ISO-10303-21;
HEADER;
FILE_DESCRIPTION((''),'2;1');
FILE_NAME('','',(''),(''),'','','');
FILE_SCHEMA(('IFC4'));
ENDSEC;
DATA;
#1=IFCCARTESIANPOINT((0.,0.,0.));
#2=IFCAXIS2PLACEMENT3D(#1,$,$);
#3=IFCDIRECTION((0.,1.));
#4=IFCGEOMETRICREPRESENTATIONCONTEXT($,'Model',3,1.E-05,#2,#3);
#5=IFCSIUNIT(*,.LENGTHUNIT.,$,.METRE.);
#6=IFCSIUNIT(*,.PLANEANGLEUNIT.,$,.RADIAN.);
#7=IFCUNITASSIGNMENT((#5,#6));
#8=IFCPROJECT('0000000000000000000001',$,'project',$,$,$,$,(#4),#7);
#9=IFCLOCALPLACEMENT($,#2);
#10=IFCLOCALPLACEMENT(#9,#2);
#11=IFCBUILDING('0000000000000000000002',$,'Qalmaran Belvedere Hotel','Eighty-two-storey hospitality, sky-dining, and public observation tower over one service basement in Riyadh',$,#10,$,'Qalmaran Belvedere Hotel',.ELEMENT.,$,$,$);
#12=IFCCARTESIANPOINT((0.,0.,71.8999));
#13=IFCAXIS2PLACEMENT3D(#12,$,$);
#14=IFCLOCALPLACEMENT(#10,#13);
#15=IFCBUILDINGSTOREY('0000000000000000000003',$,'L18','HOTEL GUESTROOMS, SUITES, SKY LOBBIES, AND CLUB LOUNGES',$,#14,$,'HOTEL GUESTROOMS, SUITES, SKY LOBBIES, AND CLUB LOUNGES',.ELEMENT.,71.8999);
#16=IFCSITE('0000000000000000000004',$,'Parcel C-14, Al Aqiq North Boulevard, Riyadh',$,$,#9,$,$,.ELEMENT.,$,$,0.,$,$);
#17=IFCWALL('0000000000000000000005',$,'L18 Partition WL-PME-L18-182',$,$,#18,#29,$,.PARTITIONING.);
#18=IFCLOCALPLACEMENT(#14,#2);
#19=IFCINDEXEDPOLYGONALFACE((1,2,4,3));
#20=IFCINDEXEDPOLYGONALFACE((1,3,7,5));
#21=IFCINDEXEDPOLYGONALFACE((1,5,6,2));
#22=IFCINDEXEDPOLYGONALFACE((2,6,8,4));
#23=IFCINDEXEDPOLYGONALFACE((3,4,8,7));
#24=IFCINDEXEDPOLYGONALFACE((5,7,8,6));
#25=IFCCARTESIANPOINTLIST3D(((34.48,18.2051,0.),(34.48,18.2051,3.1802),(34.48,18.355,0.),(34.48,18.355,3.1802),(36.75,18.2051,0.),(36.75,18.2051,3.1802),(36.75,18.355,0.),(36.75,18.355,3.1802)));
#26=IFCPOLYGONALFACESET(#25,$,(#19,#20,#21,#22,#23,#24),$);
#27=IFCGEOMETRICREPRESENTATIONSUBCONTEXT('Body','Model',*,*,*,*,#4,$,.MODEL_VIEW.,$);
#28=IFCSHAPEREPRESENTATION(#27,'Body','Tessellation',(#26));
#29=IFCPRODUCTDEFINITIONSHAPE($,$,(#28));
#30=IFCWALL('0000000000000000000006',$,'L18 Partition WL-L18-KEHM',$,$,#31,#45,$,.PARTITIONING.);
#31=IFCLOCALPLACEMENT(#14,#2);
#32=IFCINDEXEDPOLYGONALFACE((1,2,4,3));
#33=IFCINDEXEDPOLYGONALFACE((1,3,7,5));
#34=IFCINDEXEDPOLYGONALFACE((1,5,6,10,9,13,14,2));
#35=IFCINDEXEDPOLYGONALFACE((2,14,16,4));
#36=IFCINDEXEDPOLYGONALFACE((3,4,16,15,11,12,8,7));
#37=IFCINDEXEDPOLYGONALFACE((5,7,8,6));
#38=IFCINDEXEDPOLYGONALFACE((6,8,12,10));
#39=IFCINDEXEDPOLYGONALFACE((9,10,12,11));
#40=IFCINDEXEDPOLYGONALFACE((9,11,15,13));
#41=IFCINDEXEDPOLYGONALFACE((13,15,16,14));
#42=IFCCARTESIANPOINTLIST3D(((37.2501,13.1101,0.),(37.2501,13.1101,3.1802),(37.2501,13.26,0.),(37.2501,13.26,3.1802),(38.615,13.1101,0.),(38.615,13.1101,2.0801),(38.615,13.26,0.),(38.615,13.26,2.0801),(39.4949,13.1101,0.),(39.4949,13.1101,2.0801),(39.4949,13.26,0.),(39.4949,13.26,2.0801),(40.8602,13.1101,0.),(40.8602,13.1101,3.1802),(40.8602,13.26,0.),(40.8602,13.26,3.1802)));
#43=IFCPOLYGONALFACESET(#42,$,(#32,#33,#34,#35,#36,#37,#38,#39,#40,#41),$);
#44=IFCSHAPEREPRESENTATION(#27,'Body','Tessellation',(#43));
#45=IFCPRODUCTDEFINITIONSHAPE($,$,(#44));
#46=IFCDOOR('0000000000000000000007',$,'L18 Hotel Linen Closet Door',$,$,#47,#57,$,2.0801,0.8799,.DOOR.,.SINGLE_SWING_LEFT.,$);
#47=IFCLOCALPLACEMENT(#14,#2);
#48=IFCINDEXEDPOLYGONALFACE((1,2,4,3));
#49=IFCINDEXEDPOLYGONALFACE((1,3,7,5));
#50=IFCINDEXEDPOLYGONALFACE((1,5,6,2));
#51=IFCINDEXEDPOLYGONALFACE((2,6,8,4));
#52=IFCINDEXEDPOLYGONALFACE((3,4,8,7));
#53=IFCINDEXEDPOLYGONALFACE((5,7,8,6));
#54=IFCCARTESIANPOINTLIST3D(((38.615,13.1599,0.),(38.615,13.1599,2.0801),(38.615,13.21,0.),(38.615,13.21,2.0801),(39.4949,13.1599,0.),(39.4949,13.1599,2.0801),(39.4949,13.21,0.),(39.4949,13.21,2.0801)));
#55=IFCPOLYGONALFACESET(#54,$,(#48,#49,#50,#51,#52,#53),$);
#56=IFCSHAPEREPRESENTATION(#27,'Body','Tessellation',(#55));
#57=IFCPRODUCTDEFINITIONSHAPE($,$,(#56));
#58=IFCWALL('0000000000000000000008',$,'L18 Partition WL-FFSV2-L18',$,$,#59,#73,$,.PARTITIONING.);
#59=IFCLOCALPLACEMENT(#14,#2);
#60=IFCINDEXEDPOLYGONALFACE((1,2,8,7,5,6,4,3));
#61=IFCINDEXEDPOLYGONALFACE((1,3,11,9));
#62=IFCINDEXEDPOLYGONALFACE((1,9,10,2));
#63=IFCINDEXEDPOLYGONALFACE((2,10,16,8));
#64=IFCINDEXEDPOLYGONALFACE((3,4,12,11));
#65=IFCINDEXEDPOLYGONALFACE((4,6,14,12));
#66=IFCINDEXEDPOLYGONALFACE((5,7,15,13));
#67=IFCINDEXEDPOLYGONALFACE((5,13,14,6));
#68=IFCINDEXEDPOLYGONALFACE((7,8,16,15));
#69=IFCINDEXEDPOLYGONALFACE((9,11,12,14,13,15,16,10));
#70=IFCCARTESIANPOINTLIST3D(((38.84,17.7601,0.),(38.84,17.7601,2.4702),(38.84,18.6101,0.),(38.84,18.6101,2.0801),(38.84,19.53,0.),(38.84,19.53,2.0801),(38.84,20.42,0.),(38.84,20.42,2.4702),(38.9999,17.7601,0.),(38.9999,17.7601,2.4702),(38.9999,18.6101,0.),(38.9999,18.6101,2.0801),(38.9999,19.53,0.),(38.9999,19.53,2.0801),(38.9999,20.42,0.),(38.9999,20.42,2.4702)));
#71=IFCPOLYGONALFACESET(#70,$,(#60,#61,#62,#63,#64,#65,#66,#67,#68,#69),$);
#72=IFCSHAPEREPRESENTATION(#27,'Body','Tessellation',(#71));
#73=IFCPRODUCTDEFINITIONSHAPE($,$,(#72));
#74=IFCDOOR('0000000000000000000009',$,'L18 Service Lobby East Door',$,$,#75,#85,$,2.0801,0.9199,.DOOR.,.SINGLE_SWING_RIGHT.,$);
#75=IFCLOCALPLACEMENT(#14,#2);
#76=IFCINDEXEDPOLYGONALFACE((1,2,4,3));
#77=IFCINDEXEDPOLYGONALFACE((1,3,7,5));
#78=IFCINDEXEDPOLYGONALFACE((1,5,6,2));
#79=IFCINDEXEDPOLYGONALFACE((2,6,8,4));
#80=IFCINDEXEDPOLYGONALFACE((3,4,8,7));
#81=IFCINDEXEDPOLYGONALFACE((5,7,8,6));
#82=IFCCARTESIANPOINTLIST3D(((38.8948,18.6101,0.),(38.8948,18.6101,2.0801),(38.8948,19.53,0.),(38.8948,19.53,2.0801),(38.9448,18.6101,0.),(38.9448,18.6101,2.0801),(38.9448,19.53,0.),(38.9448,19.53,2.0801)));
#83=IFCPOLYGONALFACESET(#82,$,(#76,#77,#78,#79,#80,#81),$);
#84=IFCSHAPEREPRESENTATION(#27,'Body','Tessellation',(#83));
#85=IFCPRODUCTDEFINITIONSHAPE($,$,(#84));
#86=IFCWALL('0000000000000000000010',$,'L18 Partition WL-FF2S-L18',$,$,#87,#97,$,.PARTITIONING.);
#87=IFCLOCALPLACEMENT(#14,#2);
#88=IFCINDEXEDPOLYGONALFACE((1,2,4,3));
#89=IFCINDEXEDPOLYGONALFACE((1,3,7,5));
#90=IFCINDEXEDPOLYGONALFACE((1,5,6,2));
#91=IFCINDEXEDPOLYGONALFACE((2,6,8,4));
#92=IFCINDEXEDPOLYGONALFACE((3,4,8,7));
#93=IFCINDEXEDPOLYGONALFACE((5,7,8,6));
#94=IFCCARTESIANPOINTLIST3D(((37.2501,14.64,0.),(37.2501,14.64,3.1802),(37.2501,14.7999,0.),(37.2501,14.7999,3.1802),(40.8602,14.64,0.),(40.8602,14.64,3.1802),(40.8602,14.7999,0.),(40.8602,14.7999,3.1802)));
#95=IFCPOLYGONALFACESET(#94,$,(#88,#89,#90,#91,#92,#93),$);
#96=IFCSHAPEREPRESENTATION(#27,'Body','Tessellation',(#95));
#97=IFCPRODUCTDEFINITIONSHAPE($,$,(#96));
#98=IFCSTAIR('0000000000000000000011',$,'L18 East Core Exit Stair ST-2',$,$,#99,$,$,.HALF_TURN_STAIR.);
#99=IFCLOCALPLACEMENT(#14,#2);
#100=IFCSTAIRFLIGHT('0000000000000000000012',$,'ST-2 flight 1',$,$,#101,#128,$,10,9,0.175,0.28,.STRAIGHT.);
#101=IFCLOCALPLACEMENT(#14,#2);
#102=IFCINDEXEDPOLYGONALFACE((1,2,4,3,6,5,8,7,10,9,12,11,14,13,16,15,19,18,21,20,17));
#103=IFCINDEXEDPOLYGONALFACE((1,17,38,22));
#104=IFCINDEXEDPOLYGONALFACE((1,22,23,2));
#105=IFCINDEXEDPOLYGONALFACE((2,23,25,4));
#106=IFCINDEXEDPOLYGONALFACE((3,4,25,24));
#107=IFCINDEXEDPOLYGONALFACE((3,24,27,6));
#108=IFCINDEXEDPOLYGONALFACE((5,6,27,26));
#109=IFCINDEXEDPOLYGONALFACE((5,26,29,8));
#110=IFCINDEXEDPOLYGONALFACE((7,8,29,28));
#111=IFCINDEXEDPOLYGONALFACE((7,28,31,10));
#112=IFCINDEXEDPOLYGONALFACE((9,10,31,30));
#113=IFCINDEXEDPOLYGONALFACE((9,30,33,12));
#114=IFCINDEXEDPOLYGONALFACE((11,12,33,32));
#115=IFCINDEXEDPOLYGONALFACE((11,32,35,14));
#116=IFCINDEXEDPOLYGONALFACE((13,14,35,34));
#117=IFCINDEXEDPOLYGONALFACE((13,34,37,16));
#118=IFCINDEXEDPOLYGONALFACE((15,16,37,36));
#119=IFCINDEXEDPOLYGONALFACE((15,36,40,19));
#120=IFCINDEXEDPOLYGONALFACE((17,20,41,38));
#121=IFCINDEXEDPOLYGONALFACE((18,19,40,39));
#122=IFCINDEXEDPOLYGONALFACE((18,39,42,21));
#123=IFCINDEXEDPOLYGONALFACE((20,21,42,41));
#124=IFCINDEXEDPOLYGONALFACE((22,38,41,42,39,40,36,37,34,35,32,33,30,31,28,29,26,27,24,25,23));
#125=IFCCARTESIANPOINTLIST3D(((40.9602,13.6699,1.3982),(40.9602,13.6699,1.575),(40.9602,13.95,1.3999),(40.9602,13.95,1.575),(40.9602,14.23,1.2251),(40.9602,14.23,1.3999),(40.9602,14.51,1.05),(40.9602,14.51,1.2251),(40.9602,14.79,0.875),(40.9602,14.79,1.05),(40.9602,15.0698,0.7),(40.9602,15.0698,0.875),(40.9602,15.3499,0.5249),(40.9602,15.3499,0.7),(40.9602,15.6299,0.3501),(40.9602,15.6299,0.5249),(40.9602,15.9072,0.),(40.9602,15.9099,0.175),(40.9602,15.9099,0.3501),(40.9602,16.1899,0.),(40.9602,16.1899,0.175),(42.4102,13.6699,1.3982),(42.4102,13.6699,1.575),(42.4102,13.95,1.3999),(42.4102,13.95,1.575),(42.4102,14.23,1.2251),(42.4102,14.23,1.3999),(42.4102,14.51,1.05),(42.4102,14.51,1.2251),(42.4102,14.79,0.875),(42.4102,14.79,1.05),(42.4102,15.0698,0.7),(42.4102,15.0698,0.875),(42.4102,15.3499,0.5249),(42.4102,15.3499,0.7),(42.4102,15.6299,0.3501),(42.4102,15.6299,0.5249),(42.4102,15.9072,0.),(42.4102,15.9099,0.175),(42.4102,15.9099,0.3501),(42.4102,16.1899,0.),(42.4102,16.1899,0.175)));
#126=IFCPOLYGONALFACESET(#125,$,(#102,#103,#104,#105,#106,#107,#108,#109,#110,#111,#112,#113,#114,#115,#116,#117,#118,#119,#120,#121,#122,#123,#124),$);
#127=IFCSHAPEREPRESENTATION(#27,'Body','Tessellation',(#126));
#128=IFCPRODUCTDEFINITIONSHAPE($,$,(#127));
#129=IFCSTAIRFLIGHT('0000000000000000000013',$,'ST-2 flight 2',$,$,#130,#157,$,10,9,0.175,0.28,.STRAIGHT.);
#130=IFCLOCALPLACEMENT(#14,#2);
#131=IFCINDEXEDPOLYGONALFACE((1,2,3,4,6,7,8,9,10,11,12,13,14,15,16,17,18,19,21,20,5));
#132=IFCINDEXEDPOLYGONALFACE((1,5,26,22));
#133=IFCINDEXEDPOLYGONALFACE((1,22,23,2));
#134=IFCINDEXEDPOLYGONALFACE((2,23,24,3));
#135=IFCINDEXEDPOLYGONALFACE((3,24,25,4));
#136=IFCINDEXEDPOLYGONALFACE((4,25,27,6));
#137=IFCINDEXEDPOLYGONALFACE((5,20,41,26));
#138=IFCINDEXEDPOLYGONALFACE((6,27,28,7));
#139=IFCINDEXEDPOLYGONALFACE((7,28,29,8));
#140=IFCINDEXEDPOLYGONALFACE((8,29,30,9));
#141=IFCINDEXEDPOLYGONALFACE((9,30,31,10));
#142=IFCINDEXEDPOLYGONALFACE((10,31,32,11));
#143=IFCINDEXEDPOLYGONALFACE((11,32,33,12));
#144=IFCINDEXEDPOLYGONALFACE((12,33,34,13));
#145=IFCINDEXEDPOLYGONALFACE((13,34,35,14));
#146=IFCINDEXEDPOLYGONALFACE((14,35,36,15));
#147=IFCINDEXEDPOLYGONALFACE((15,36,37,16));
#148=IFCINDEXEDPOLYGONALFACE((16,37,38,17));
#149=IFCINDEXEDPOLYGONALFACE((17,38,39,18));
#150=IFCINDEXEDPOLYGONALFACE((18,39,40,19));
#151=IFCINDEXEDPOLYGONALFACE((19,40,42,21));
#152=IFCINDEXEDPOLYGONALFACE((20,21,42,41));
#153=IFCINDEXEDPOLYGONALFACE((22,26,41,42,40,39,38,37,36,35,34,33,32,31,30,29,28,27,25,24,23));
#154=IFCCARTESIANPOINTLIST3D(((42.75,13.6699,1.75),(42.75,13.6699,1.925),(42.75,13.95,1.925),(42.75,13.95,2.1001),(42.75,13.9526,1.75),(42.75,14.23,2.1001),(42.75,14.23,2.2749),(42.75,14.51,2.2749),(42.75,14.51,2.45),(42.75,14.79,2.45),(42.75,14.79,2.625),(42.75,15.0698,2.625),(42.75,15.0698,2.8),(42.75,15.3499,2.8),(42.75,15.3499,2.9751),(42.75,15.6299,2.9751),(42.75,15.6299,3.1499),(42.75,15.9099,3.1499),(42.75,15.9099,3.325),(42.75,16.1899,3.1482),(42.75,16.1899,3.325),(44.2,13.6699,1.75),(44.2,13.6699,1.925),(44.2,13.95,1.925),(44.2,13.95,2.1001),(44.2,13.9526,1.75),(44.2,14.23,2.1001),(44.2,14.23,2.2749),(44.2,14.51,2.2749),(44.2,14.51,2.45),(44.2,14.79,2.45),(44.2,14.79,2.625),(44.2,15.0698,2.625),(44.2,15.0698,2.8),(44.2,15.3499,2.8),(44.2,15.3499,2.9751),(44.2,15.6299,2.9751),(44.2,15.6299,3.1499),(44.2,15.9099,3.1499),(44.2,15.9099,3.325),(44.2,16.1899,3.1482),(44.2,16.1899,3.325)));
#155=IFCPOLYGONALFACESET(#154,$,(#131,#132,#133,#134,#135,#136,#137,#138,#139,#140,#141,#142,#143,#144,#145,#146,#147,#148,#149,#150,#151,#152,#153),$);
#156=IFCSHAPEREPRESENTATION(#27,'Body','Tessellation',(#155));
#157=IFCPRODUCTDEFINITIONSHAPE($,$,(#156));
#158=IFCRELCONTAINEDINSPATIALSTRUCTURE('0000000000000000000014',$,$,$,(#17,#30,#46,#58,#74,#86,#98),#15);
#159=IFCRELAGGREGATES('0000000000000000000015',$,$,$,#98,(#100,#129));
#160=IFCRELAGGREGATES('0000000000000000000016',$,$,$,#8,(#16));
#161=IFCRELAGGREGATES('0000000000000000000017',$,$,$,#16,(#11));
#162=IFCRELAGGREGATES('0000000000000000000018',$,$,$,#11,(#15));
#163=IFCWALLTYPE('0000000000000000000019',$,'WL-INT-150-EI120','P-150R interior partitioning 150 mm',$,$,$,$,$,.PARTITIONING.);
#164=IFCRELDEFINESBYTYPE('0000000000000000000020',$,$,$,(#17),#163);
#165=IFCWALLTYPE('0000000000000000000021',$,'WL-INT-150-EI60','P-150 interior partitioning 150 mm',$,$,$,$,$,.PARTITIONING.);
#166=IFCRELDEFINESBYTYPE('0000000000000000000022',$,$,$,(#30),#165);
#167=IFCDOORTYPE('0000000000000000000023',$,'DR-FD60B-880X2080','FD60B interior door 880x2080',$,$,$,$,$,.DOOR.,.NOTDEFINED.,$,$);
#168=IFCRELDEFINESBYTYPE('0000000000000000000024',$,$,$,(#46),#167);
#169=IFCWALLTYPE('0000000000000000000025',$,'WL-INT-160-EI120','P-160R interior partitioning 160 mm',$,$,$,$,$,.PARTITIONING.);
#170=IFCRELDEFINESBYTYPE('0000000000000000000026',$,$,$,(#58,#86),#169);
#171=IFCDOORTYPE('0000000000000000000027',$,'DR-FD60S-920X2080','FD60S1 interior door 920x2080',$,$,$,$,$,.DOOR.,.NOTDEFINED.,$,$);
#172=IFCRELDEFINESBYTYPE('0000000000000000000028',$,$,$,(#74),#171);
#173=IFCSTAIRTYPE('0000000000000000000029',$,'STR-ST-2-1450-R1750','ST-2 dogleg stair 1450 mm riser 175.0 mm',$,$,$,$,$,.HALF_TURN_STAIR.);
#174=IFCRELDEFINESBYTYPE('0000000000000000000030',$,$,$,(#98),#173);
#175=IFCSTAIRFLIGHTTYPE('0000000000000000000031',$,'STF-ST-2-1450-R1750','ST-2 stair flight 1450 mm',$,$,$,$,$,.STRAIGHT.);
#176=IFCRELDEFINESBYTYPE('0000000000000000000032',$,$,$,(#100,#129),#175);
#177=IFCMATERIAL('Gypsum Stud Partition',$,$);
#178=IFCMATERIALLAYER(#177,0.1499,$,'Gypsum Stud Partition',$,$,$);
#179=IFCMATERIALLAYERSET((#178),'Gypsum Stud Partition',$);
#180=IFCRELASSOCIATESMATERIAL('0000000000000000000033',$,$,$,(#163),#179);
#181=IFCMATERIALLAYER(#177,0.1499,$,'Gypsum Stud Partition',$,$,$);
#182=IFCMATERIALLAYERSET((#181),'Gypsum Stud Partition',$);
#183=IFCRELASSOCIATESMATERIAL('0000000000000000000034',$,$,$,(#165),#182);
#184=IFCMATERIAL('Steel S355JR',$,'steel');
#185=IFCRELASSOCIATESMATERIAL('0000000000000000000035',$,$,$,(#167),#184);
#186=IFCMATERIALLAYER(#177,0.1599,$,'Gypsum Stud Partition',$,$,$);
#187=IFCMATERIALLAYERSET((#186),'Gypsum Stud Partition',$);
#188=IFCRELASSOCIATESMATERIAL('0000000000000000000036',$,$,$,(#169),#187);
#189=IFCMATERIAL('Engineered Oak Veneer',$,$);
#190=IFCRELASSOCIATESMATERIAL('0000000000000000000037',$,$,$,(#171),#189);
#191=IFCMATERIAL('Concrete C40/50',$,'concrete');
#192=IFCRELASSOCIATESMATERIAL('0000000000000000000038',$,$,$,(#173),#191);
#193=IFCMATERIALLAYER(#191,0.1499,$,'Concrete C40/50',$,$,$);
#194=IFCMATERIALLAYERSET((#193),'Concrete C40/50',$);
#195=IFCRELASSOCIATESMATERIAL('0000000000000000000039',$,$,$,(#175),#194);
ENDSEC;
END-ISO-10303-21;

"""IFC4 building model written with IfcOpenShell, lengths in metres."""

from ifc_helpers import new_model, si_unit, direction, frame, frame_2d, origin, place, context, subcontext, project, spatial, polyline, rectangle, outline, extrude, material, layer, layer_set, type_object, element, fill, aggregate, save


model = new_model("IFC4")

# Units and contexts
model_context = context("Model", 3, precision=1e-05, world=origin(), true_north=direction((0.0, 1.0)))
body_context = subcontext(model_context, "Body", "Model", "MODEL_VIEW")
ifc_project = project(units=[si_unit("LENGTHUNIT", "METRE"), si_unit("PLANEANGLEUNIT", "RADIAN")], contexts=[model_context])

# Site, building, storey
site_placement = place(None, origin())
site = spatial("IfcSite", under=ifc_project, at=site_placement, Name="Parcel C-14, Al Aqiq North Boulevard, Riyadh", CompositionType="ELEMENT", RefElevation=0.0)
building_placement = place(site_placement, origin())
building = spatial("IfcBuilding", under=site, at=building_placement, Name="Qalmaran Belvedere Hotel", Description="Eighty-two-storey hospitality, sky-dining, and public observation tower over one service basement in Riyadh", LongName="Qalmaran Belvedere Hotel", CompositionType="ELEMENT")
storey_placement = place(building_placement, frame((0.0, 0.0, 71.8999)))
storey = spatial("IfcBuildingStorey", under=building, at=storey_placement, Name="L18", Description="HOTEL GUESTROOMS, SUITES, SKY LOBBIES, AND CLUB LOUNGES", LongName="HOTEL GUESTROOMS, SUITES, SKY LOBBIES, AND CLUB LOUNGES", CompositionType="ELEMENT", Elevation=71.8999)

# Shared definitions
ifc_material_1 = material(Name="Steel S355JR", Category="steel")

# Wall
ifc_material_2 = material(Name="Gypsum Stud Partition")
ifc_layer_1 = layer(ifc_material_2, 0.1499, Name="Gypsum Stud Partition")
ifc_layer_set_1 = layer_set([ifc_layer_1], Name="Gypsum Stud Partition")
wall_type_1 = type_object("IfcWallType", Name="WL-INT-150-EI120", Description="P-150R interior partitioning 150 mm", PredefinedType="PARTITIONING", material=ifc_layer_set_1)
wall_1_placement = place(storey_placement, frame((34.48, 18.28, 0.0), z_axis=(0.0, 0.0, 1.0), x_axis=(1.0, 0.0, 0.0)))
element("IfcWall", 1, at=wall_1_placement, inside=storey, type_object=wall_type_1, Name="L18 Partition WL-PME-L18-182", PredefinedType="PARTITIONING", context=body_context, shape_type="SweptSolid", body=[
    extrude(rectangle(XDim=2.27, YDim=0.1499, at=frame_2d((1.135, 0.0))), origin(), (0.0, 0.0, 1.0), 3.1802),
])

# Walls, openings, doors
ifc_layer_2 = layer(ifc_material_2, 0.1499, Name="Gypsum Stud Partition")
ifc_layer_set_2 = layer_set([ifc_layer_2], Name="Gypsum Stud Partition")
wall_type_2 = type_object("IfcWallType", Name="WL-INT-150-EI60", Description="P-150 interior partitioning 150 mm", PredefinedType="PARTITIONING", material=ifc_layer_set_2)
wall_2_placement = place(storey_placement, frame((37.25, 13.1851, 0.0), z_axis=(0.0, 0.0, 1.0), x_axis=(1.0, 0.0, 0.0)))
wall_2 = element("IfcWall", 2, at=wall_2_placement, inside=storey, type_object=wall_type_2, Name="L18 Partition WL-L18-KEHM", PredefinedType="PARTITIONING", context=body_context, shape_type="SweptSolid", body=[
    extrude(rectangle(XDim=3.6101, YDim=0.1499, at=frame_2d((1.8052, 0.0))), origin(), (0.0, 0.0, 1.0), 3.1802),
])
opening_1_placement = place(wall_2_placement, frame((1.365, 0.0, 0.0)))
opening_1 = element("IfcOpeningElement", 3, at=opening_1_placement, cuts=wall_2, PredefinedType="OPENING", context=body_context, shape_type="SweptSolid", body=[
    extrude(rectangle(XDim=0.8799, YDim=2.0801, at=frame_2d((0.4399, 1.04))), frame((0.0, 0.085, 0.0), z_axis=(0.0, -1.0, 0.0), x_axis=(1.0, 0.0, 0.0)), (0.0, 0.0, 1.0), 0.1699),
])
door_type_1 = type_object("IfcDoorType", Name="DR-FD60B-880X2080", Description="FD60B interior door 880x2080", OperationType="NOTDEFINED", PredefinedType="DOOR", material=ifc_material_1)
door_1_placement = place(opening_1_placement, origin())
door_1 = element("IfcDoor", 4, at=door_1_placement, inside=storey, type_object=door_type_1, Name="L18 Hotel Linen Closet Door", OperationType="SINGLE_SWING_LEFT", OverallHeight=2.0801, OverallWidth=0.8799, PredefinedType="DOOR", context=body_context, shape_type="SweptSolid", body=[
    extrude(rectangle(XDim=0.8799, YDim=2.0801, at=frame_2d((0.4399, 1.04))), frame((0.0, 0.0249, 0.0), z_axis=(0.0, -1.0, 0.0), x_axis=(1.0, 0.0, 0.0)), (0.0, 0.0, 1.0), 0.05),
])
fill(opening_1, door_1)
ifc_layer_3 = layer(ifc_material_2, 0.1599, Name="Gypsum Stud Partition")
ifc_layer_set_3 = layer_set([ifc_layer_3], Name="Gypsum Stud Partition")
wall_type_3 = type_object("IfcWallType", Name="WL-INT-160-EI120", Description="P-160R interior partitioning 160 mm", PredefinedType="PARTITIONING", material=ifc_layer_set_3)
wall_3_placement = place(storey_placement, frame((38.9199, 17.76, 0.0), z_axis=(0.0, 0.0, 1.0), x_axis=(0.0, 1.0, 0.0)))
wall_3 = element("IfcWall", 5, at=wall_3_placement, inside=storey, type_object=wall_type_3, Name="L18 Partition WL-FFSV2-L18", PredefinedType="PARTITIONING", context=body_context, shape_type="SweptSolid", body=[
    extrude(rectangle(XDim=2.6599, YDim=0.1599, at=frame_2d((1.3301, 0.0))), origin(), (0.0, 0.0, 1.0), 2.4702),
])
opening_2_placement = place(wall_3_placement, frame((1.77, 0.0, 0.0), z_axis=(0.0, 0.0, 1.0), x_axis=(-1.0, 0.0, 0.0)))
opening_2 = element("IfcOpeningElement", 6, at=opening_2_placement, cuts=wall_3, PredefinedType="OPENING", context=body_context, shape_type="SweptSolid", body=[
    extrude(rectangle(XDim=0.9199, YDim=2.0801, at=frame_2d((0.46, 1.04))), frame((0.0, 0.0898, 0.0), z_axis=(0.0, -1.0, 0.0), x_axis=(1.0, 0.0, 0.0)), (0.0, 0.0, 1.0), 0.1799),
])
ifc_material_3 = material(Name="Engineered Oak Veneer")
door_type_2 = type_object("IfcDoorType", Name="DR-FD60S-920X2080", Description="FD60S1 interior door 920x2080", OperationType="NOTDEFINED", PredefinedType="DOOR", material=ifc_material_3)
door_2_placement = place(opening_2_placement, origin())
door_2 = element("IfcDoor", 7, at=door_2_placement, inside=storey, type_object=door_type_2, Name="L18 Service Lobby East Door", OperationType="SINGLE_SWING_RIGHT", OverallHeight=2.0801, OverallWidth=0.9199, PredefinedType="DOOR", context=body_context, shape_type="SweptSolid", body=[
    extrude(rectangle(XDim=0.9199, YDim=2.0801, at=frame_2d((0.46, 1.04))), frame((0.0, 0.0249, 0.0), z_axis=(0.0, -1.0, 0.0), x_axis=(1.0, 0.0, 0.0)), (0.0, 0.0, 1.0), 0.05),
])
fill(opening_2, door_2)

# Wall
wall_4_placement = place(storey_placement, frame((37.25, 14.72, 0.0), z_axis=(0.0, 0.0, 1.0), x_axis=(1.0, 0.0, 0.0)))
element("IfcWall", 8, at=wall_4_placement, inside=storey, type_object=wall_type_3, Name="L18 Partition WL-FF2S-L18", PredefinedType="PARTITIONING", context=body_context, shape_type="SweptSolid", body=[
    extrude(rectangle(XDim=3.6101, YDim=0.1599, at=frame_2d((1.8052, 0.0))), origin(), (0.0, 0.0, 1.0), 3.1802),
])

# Stair, stair flights
ifc_material_4 = material(Name="Concrete C40/50", Category="concrete")
stair_type = type_object("IfcStairType", Name="STR-ST-2-1450-R1750", Description="ST-2 dogleg stair 1450 mm riser 175.0 mm", PredefinedType="HALF_TURN_STAIR", material=ifc_material_4)
stair_placement = place(storey_placement, origin())
stair = element("IfcStair", 9, at=stair_placement, inside=storey, type_object=stair_type, Name="L18 East Core Exit Stair ST-2", PredefinedType="HALF_TURN_STAIR")
ifc_layer_4 = layer(ifc_material_4, 0.1499, Name="Concrete C40/50")
ifc_layer_set_4 = layer_set([ifc_layer_4], Name="Concrete C40/50")
stair_flight_type = type_object("IfcStairFlightType", Name="STF-ST-2-1450-R1750", Description="ST-2 stair flight 1450 mm", PredefinedType="STRAIGHT", material=ifc_layer_set_4)
stair_flight_1_placement = place(storey_placement, frame((41.6851, 16.1899, 0.0), z_axis=(0.0, 0.0, 1.0), x_axis=(0.0, -1.0, 0.0)))
stair_flight_1 = element("IfcStairFlight", 10, at=stair_flight_1_placement, type_object=stair_flight_type, Name="ST-2 flight 1", NumberOfRisers=10, NumberOfTreads=9, PredefinedType="STRAIGHT", RiserHeight=0.175, TreadLength=0.28, context=body_context, shape_type="SweptSolid", body=[
    extrude(outline(polyline([(0.0, 0.0), (0.0, 0.175), (0.28, 0.175), (0.28, 0.3501), (0.5601, 0.3501), (0.5601, 0.5249), (0.8401, 0.5249), (0.8401, 0.7), (1.1201, 0.7), (1.1201, 0.875), (1.3999, 0.875), (1.3999, 1.05), (1.6799, 1.05), (1.6799, 1.2251), (1.96, 1.2251), (1.96, 1.3999), (2.24, 1.3999), (2.24, 1.575), (2.52, 1.575), (2.52, 1.75), (2.52, 1.3982), (0.2827, 0.0), (0.0, 0.0)])), frame((0.0, 0.7251, 0.0), z_axis=(0.0, -1.0, 0.0), x_axis=(1.0, 0.0, 0.0)), (0.0, 0.0, 1.0), 1.45),
])
stair_flight_2_placement = place(storey_placement, frame((43.4751, 13.6699, 1.75), z_axis=(0.0, 0.0, 1.0), x_axis=(0.0, 1.0, 0.0)))
stair_flight_2 = element("IfcStairFlight", 11, at=stair_flight_2_placement, type_object=stair_flight_type, Name="ST-2 flight 2", NumberOfRisers=10, NumberOfTreads=9, PredefinedType="STRAIGHT", RiserHeight=0.175, TreadLength=0.28, context=body_context, shape_type="SweptSolid", body=[
    extrude(outline(polyline([(0.0, 0.0), (0.0, 0.175), (0.28, 0.175), (0.28, 0.3501), (0.5601, 0.3501), (0.5601, 0.5249), (0.8401, 0.5249), (0.8401, 0.7), (1.1201, 0.7), (1.1201, 0.875), (1.3999, 0.875), (1.3999, 1.05), (1.6799, 1.05), (1.6799, 1.2251), (1.96, 1.2251), (1.96, 1.3999), (2.24, 1.3999), (2.24, 1.575), (2.52, 1.575), (2.52, 1.75), (2.52, 1.3982), (0.2827, 0.0), (0.0, 0.0)])), frame((0.0, 0.7251, 0.0), z_axis=(0.0, -1.0, 0.0), x_axis=(1.0, 0.0, 0.0)), (0.0, 0.0, 1.0), 1.45),
])
aggregate(stair, [stair_flight_1, stair_flight_2])

save(model, "model.ifc")
